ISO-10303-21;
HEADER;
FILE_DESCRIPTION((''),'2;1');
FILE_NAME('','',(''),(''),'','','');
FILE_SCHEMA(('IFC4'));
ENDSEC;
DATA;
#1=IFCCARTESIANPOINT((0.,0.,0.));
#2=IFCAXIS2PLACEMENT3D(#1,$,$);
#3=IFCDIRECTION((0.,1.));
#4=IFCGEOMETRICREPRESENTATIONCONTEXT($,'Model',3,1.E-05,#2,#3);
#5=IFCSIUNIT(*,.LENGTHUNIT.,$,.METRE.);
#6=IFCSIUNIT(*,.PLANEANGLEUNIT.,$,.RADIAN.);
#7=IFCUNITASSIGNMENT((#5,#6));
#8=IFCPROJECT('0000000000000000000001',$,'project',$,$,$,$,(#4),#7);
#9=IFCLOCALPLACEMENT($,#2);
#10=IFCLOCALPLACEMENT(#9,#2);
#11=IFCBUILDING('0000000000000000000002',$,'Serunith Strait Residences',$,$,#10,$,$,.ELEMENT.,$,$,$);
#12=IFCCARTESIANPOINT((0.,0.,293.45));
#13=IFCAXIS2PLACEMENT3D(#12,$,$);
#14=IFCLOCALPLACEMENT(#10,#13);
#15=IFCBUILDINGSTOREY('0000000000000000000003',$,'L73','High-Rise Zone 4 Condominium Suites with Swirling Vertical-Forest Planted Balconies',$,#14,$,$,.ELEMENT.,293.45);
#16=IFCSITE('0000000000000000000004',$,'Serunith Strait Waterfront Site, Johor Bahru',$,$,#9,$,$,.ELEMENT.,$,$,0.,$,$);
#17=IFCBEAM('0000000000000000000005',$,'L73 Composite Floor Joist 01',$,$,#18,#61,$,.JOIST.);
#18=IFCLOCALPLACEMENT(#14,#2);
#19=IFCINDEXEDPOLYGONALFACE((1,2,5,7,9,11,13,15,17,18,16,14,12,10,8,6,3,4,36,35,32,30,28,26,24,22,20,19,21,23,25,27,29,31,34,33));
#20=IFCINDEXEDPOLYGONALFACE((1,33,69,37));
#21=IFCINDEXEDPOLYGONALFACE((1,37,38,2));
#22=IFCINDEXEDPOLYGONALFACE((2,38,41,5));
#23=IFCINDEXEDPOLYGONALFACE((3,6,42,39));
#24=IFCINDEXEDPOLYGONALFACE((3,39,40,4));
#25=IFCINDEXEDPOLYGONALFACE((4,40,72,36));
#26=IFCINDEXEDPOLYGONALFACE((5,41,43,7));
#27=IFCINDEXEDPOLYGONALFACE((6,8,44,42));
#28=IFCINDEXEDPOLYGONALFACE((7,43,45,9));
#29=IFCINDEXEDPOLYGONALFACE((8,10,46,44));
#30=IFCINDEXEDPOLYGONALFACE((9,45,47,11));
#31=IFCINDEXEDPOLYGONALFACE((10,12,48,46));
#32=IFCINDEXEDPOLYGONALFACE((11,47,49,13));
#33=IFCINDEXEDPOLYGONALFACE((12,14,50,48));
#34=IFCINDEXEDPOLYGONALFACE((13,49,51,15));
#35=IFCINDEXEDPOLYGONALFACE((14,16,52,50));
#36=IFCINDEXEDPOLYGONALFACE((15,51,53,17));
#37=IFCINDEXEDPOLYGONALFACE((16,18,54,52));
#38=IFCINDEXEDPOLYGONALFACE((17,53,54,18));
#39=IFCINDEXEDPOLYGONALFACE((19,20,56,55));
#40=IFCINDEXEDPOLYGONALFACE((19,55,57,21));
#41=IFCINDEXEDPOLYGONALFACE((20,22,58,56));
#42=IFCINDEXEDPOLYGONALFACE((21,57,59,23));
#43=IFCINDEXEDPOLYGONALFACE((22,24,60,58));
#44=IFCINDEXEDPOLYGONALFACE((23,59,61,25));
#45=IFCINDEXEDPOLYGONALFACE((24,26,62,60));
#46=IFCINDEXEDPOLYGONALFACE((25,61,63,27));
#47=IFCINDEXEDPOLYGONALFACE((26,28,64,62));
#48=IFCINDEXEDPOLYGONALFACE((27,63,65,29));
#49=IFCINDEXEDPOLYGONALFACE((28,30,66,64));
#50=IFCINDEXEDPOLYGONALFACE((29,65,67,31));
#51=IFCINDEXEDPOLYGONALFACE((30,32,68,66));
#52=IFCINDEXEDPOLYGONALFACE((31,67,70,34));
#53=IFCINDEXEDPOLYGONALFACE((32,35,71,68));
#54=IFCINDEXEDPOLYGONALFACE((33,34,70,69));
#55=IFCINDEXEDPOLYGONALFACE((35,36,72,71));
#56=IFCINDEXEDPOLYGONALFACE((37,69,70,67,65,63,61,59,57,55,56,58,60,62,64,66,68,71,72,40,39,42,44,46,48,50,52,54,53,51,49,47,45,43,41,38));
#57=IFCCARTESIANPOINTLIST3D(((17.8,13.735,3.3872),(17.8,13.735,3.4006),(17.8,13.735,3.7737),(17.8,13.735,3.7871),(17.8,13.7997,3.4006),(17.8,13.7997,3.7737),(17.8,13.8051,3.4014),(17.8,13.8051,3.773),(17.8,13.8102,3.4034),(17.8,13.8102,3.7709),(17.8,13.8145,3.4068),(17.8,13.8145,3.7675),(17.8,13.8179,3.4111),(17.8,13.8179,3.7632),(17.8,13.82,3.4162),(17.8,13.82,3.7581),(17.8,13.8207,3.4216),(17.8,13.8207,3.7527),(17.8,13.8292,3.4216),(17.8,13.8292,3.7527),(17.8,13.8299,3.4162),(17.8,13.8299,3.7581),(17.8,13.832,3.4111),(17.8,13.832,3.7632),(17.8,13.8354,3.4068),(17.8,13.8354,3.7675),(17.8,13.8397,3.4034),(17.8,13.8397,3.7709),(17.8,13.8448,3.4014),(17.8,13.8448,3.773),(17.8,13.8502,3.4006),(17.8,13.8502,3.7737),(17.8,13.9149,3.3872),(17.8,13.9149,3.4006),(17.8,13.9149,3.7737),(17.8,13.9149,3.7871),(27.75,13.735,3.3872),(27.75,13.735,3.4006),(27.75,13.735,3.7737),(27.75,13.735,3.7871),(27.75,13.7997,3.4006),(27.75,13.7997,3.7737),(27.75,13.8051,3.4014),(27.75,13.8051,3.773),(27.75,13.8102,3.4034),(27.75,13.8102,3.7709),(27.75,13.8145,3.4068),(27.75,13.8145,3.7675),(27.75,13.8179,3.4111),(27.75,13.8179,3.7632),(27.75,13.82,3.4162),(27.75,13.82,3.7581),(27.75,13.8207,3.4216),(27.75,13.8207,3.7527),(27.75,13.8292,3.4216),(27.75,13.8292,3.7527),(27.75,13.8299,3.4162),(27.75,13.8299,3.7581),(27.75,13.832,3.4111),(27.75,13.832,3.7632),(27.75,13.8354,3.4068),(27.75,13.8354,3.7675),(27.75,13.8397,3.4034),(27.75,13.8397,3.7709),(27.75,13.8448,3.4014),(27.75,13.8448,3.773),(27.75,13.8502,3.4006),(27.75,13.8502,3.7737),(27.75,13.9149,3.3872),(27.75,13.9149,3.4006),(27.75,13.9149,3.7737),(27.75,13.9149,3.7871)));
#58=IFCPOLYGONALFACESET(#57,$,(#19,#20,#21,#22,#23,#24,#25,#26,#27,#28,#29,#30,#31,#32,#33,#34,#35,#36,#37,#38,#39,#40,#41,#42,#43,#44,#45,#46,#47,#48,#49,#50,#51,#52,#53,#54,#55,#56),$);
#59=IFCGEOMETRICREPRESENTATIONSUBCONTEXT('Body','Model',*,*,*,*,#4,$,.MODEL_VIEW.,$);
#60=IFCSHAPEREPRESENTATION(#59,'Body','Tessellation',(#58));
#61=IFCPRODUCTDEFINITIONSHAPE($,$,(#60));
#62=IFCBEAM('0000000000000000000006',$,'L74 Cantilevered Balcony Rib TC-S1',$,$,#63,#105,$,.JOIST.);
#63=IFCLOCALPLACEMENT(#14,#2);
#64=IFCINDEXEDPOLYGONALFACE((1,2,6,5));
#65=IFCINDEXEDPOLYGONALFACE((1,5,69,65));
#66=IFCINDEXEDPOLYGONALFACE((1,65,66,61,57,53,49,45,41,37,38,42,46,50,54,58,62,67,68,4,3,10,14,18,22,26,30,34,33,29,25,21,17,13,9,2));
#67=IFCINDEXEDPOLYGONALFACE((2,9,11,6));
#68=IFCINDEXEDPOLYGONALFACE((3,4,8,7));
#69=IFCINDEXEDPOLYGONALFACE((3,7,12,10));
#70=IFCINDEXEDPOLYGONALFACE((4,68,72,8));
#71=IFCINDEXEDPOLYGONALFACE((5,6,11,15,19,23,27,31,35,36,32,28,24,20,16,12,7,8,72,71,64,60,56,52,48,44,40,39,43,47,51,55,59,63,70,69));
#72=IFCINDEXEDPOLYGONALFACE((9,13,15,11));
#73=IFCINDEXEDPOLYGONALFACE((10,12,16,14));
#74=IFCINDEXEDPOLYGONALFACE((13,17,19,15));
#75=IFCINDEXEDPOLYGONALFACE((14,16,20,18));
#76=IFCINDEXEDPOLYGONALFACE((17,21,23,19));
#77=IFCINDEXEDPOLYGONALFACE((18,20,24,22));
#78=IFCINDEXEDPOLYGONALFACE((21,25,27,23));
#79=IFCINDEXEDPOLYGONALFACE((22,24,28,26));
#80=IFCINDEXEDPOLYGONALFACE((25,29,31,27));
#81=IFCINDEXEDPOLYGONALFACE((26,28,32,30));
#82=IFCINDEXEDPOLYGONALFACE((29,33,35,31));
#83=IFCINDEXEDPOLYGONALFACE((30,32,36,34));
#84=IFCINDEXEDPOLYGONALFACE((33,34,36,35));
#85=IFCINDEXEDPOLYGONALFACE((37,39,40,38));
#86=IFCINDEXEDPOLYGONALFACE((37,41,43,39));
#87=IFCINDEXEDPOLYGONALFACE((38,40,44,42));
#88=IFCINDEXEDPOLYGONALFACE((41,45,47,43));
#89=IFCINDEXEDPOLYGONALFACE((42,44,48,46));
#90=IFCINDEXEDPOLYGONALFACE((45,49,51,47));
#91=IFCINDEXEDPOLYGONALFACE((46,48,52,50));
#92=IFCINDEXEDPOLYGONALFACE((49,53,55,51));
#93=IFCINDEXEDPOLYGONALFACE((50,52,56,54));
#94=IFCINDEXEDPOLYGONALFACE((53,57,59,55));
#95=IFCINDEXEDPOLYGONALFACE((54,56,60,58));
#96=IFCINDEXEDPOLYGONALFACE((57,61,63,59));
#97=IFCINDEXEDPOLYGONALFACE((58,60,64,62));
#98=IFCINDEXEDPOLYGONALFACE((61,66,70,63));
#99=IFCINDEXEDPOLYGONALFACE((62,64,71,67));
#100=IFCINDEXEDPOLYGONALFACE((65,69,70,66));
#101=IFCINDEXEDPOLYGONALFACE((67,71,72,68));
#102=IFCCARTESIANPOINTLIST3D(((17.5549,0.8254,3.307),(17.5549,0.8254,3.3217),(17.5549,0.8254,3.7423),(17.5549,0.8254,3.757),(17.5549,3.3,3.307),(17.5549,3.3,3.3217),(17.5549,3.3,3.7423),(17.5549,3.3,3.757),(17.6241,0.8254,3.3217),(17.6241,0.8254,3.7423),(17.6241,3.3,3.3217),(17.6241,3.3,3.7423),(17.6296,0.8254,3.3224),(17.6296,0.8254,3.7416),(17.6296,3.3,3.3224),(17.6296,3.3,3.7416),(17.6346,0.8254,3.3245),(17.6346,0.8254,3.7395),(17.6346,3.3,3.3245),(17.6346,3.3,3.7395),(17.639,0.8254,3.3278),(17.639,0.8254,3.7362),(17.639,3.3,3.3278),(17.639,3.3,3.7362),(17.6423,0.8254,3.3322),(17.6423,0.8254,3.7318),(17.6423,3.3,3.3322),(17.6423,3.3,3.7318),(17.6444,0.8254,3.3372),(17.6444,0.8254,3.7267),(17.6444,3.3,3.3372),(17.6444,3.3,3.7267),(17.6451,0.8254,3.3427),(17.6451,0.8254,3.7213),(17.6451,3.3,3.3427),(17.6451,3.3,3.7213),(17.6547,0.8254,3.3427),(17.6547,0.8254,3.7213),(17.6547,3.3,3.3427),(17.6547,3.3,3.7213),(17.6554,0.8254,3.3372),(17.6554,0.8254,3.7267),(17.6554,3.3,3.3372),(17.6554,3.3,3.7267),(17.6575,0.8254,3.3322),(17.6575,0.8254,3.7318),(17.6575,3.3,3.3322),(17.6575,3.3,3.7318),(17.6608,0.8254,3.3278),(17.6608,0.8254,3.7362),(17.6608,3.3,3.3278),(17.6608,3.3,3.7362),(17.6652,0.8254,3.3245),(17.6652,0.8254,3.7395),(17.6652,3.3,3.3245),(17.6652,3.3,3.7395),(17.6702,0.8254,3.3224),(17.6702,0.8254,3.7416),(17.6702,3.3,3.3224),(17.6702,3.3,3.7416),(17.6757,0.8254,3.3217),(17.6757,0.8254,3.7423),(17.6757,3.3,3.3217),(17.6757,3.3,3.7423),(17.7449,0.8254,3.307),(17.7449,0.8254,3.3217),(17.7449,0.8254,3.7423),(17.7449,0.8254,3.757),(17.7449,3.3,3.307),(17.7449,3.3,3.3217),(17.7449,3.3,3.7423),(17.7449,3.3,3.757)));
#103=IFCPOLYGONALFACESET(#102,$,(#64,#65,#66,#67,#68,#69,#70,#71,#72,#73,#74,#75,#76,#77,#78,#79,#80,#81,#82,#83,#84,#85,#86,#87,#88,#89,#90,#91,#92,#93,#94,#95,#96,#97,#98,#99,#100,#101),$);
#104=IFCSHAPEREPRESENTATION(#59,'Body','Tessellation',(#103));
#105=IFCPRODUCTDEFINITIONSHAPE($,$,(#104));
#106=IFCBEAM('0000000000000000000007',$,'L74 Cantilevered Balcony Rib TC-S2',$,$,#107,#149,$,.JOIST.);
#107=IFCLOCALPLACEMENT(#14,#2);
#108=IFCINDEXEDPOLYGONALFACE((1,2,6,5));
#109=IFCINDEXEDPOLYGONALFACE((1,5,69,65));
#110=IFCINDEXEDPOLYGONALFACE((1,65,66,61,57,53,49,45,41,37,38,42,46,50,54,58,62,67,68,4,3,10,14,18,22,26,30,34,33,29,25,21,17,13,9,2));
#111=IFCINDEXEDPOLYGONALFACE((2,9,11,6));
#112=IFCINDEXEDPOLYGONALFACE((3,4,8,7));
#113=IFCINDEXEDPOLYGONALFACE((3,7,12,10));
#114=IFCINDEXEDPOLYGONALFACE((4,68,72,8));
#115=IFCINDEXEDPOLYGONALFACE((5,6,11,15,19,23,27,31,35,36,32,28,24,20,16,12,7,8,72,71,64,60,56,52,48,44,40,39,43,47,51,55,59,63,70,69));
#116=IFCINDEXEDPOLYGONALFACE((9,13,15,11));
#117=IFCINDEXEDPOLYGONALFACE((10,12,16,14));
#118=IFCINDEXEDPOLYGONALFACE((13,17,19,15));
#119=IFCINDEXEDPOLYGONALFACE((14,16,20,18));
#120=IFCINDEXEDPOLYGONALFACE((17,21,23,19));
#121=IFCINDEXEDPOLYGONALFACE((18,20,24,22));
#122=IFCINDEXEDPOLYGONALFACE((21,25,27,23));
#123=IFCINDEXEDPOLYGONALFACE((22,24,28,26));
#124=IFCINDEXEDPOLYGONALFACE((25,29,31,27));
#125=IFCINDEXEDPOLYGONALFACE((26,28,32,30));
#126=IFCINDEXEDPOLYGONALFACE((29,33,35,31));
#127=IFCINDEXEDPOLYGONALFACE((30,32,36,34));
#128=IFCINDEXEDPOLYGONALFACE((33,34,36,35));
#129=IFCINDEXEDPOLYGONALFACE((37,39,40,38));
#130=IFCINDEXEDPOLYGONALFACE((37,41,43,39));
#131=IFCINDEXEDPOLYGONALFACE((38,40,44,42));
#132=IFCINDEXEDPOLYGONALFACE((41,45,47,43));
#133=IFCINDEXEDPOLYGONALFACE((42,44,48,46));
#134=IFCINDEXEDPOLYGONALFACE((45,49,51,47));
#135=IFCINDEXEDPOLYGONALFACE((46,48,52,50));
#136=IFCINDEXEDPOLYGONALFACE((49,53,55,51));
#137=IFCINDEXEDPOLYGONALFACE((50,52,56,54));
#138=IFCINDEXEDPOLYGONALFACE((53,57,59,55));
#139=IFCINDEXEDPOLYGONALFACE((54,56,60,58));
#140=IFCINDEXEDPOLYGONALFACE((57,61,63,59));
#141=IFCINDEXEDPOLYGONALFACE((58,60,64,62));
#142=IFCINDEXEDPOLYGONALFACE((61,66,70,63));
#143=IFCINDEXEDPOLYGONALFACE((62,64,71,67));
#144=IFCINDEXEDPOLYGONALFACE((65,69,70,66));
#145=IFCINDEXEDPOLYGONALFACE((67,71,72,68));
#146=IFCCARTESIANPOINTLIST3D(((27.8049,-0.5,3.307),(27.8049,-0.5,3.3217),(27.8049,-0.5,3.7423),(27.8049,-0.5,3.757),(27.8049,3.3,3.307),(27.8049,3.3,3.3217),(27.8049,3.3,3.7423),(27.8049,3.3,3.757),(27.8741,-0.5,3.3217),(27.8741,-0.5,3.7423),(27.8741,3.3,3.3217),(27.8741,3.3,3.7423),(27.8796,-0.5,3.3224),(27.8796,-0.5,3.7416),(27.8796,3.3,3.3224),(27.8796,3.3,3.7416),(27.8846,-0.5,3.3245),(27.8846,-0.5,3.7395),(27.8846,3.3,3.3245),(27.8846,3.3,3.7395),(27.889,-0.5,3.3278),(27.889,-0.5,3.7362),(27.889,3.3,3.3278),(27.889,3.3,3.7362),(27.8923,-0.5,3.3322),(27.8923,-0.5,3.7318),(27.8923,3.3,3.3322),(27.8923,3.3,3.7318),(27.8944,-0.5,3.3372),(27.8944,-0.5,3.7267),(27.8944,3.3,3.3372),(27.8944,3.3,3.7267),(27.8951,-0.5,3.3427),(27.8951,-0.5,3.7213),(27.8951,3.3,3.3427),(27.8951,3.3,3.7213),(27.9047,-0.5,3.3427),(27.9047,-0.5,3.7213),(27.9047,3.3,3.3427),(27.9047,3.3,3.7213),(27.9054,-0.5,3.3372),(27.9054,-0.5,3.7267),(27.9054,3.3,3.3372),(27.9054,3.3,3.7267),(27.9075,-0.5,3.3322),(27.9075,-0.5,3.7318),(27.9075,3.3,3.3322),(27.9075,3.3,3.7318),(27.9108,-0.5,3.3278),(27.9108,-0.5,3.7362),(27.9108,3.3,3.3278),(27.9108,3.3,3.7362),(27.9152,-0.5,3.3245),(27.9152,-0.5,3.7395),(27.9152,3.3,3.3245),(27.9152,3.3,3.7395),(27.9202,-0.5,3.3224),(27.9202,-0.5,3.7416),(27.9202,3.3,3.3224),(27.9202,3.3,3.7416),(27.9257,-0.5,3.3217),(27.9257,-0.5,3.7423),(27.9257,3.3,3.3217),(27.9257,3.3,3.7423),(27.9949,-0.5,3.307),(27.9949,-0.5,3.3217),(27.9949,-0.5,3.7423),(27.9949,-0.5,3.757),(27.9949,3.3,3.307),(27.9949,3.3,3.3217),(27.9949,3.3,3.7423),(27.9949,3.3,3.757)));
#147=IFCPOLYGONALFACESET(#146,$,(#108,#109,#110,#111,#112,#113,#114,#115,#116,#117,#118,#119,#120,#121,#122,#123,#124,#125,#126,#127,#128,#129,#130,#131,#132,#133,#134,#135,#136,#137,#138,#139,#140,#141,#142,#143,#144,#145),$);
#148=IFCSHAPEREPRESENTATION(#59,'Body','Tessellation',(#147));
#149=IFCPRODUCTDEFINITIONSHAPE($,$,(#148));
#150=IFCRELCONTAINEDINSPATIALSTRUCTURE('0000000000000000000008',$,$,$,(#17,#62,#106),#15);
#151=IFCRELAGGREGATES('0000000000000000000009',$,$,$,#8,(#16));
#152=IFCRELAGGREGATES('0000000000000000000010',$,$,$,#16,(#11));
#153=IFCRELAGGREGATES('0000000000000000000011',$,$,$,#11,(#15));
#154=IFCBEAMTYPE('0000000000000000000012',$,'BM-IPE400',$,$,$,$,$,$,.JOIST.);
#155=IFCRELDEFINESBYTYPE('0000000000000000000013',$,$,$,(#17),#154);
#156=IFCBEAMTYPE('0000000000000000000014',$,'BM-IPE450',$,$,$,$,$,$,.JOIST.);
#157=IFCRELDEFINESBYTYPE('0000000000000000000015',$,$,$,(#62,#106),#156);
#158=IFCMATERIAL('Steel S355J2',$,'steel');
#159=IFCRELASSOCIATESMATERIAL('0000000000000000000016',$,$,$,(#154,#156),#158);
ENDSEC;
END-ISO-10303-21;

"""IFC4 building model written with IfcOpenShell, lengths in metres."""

from ifc_helpers import new_model, si_unit, direction, frame, origin, origin_2d, place, context, subcontext, project, spatial, i_section, extrude, source, transform, mapped, material, material_profile, profile_set, type_object, element, save


model = new_model("IFC4")

# Units and contexts
model_context = context("Model", 3, precision=1e-05, world=origin(), true_north=direction((0.0, 1.0)))
body_context = subcontext(model_context, "Body", "Model", "MODEL_VIEW")
ifc_project = project(units=[si_unit("LENGTHUNIT", "METRE"), si_unit("PLANEANGLEUNIT", "RADIAN")], contexts=[model_context])

# Site, building, storey
site_placement = place(None, origin())
site = spatial("IfcSite", under=ifc_project, at=site_placement, Name="Serunith Strait Waterfront Site, Johor Bahru", CompositionType="ELEMENT", RefElevation=0.0)
building_placement = place(site_placement, origin())
building = spatial("IfcBuilding", under=site, at=building_placement, Name="Serunith Strait Residences", CompositionType="ELEMENT")
storey_placement = place(building_placement, frame((0.0, 0.0, 293.45)))
storey = spatial("IfcBuildingStorey", under=building, at=storey_placement, Name="L73", Description="High-Rise Zone 4 Condominium Suites with Swirling Vertical-Forest Planted Balconies", CompositionType="ELEMENT", Elevation=293.45)

# Beams
ifc_material_1 = material(Name="Steel S355J2", Category="steel")
ifc_material_profile_1 = material_profile(ifc_material_1, i_section(OverallWidth=0.1799, OverallDepth=0.3999, WebThickness=0.0085, FlangeThickness=0.0134, FilletRadius=0.021, at=origin_2d()), Name="IPE 400")
ifc_profile_set_1 = profile_set([ifc_material_profile_1], Name="Steel S355J2")
beam_type_1 = type_object("IfcBeamType", Name="BM-IPE400", PredefinedType="JOIST", material=ifc_profile_set_1)
shared_shape_1 = source(origin(), body_context, "Body", "SweptSolid", [
    extrude(i_section(OverallWidth=0.1799, OverallDepth=0.3999, WebThickness=0.0085, FlangeThickness=0.0134, FilletRadius=0.021, at=origin_2d()), origin(), (0.0, 0.0, 1.0), 9.95),
])
beam_1_placement = place(storey_placement, frame((17.8, 13.825, 3.5872), z_axis=(1.0, 0.0, 0.0), x_axis=(0.0, 1.0, 0.0)))
element("IfcBeam", 1, at=beam_1_placement, inside=storey, type_object=beam_type_1, Name="L73 Composite Floor Joist 01", PredefinedType="JOIST", context=body_context, shape_type="MappedRepresentation", body=[
    mapped(shared_shape_1, transform((0.0, 0.0, 0.0), scale=1.0)),
])
ifc_material_profile_2 = material_profile(ifc_material_1, i_section(OverallWidth=0.1899, OverallDepth=0.45, WebThickness=0.0095, FlangeThickness=0.0146, FilletRadius=0.021, at=origin_2d()), Name="IPE 450")
ifc_profile_set_2 = profile_set([ifc_material_profile_2], Name="Steel S355J2")
beam_type_2 = type_object("IfcBeamType", Name="BM-IPE450", PredefinedType="JOIST", material=ifc_profile_set_2)
shared_shape_2 = source(origin(), body_context, "Body", "SweptSolid", [
    extrude(i_section(OverallWidth=0.1899, OverallDepth=0.45, WebThickness=0.0095, FlangeThickness=0.0146, FilletRadius=0.021, at=origin_2d()), origin(), (0.0, 0.0, 1.0), 2.4746),
])
beam_2_placement = place(storey_placement, frame((17.6499, 3.3, 3.532), z_axis=(0.0, -1.0, 0.0), x_axis=(1.0, 0.0, 0.0)))
element("IfcBeam", 2, at=beam_2_placement, inside=storey, type_object=beam_type_2, Name="L74 Cantilevered Balcony Rib TC-S1", PredefinedType="JOIST", context=body_context, shape_type="MappedRepresentation", body=[
    mapped(shared_shape_2, transform((0.0, 0.0, 0.0), scale=1.0)),
])
shared_shape_3 = source(origin(), body_context, "Body", "SweptSolid", [
    extrude(i_section(OverallWidth=0.1899, OverallDepth=0.45, WebThickness=0.0095, FlangeThickness=0.0146, FilletRadius=0.021, at=origin_2d()), origin(), (0.0, 0.0, 1.0), 3.8),
])
beam_3_placement = place(storey_placement, frame((27.8999, 3.3, 3.532), z_axis=(0.0, -1.0, 0.0), x_axis=(1.0, 0.0, 0.0)))
element("IfcBeam", 3, at=beam_3_placement, inside=storey, type_object=beam_type_2, Name="L74 Cantilevered Balcony Rib TC-S2", PredefinedType="JOIST", context=body_context, shape_type="MappedRepresentation", body=[
    mapped(shared_shape_3, transform((0.0, 0.0, 0.0), scale=1.0)),
])

save(model, "model.ifc")
